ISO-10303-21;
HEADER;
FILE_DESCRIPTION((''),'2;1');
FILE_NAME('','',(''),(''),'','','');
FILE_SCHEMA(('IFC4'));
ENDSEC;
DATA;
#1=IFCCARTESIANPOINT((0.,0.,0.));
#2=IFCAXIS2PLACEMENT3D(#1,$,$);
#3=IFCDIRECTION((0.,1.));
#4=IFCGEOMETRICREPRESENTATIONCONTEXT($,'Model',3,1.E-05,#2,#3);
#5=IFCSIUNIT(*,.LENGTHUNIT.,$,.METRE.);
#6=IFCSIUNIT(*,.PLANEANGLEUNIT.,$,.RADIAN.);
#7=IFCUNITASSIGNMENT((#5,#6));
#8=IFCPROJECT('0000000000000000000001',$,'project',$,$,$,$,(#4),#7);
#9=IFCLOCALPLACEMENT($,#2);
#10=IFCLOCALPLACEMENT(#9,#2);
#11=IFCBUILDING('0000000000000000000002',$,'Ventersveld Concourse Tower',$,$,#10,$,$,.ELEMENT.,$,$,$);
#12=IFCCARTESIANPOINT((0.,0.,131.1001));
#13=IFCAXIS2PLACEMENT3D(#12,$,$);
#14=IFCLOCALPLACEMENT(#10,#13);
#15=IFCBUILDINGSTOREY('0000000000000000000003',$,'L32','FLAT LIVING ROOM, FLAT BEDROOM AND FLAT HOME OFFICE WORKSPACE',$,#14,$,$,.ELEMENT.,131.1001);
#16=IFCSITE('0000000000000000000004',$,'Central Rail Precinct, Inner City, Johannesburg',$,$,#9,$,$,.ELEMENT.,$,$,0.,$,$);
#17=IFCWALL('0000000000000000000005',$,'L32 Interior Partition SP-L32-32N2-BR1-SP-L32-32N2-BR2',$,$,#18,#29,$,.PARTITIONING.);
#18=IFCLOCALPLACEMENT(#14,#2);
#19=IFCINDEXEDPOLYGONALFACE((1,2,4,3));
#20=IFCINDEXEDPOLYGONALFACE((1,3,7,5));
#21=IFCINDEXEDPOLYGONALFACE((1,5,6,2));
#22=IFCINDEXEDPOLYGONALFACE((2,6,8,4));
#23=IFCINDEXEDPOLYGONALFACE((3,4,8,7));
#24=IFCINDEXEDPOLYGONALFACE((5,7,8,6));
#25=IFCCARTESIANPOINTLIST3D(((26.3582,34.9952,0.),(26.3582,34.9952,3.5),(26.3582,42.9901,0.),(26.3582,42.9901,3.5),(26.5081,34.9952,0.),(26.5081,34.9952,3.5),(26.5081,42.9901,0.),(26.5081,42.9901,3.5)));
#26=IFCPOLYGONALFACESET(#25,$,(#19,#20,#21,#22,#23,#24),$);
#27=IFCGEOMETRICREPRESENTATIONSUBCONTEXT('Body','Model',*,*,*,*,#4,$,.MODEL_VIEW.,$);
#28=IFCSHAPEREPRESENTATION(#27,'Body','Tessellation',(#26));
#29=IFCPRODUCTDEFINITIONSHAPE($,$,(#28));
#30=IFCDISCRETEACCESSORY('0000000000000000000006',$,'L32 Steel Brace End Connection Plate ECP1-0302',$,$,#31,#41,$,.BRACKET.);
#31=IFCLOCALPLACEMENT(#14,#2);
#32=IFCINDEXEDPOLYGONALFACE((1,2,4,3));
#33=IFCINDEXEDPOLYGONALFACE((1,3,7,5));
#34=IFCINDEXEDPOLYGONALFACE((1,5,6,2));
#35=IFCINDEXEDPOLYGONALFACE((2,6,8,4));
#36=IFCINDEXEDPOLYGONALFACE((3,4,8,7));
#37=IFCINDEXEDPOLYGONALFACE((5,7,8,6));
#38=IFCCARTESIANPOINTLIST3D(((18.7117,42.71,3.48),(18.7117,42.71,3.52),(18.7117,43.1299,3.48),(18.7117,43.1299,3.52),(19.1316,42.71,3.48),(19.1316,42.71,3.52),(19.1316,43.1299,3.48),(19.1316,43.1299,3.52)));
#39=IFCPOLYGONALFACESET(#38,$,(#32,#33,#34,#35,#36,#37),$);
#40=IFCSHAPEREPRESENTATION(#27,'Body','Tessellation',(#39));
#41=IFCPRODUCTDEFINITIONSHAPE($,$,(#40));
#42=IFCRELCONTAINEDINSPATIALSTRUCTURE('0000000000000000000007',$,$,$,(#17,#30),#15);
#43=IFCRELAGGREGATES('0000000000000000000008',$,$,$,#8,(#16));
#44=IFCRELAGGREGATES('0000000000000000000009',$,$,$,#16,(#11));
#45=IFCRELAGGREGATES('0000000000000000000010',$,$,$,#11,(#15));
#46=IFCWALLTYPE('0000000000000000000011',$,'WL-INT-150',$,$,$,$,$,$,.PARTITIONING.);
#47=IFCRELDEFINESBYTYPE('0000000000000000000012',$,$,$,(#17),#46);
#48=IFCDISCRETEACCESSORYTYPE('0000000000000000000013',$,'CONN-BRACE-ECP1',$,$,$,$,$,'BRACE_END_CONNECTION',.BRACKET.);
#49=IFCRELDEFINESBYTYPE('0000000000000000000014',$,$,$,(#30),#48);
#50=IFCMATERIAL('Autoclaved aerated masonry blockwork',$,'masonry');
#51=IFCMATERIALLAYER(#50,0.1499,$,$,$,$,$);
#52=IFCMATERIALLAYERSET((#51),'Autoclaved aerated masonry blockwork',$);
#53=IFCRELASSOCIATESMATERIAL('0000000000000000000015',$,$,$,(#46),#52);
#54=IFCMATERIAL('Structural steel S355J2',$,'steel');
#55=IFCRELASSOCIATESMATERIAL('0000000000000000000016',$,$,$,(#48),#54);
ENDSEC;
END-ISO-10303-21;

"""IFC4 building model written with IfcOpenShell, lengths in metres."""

from ifc_helpers import new_model, si_unit, direction, frame, frame_2d, origin, origin_2d, place, context, subcontext, project, spatial, rectangle, extrude, material, layer, layer_set, type_object, element, save


model = new_model("IFC4")

# Units and contexts
model_context = context("Model", 3, precision=1e-05, world=origin(), true_north=direction((0.0, 1.0)))
body_context = subcontext(model_context, "Body", "Model", "MODEL_VIEW")
ifc_project = project(units=[si_unit("LENGTHUNIT", "METRE"), si_unit("PLANEANGLEUNIT", "RADIAN")], contexts=[model_context])

# Site, building, storey
site_placement = place(None, origin())
site = spatial("IfcSite", under=ifc_project, at=site_placement, Name="Central Rail Precinct, Inner City, Johannesburg", CompositionType="ELEMENT", RefElevation=0.0)
building_placement = place(site_placement, origin())
building = spatial("IfcBuilding", under=site, at=building_placement, Name="Ventersveld Concourse Tower", CompositionType="ELEMENT")
storey_placement = place(building_placement, frame((0.0, 0.0, 131.1001)))
storey = spatial("IfcBuildingStorey", under=building, at=storey_placement, Name="L32", Description="FLAT LIVING ROOM, FLAT BEDROOM AND FLAT HOME OFFICE WORKSPACE", CompositionType="ELEMENT", Elevation=131.1001)

# Shared definitions
ifc_material_1 = material(Name="Structural steel S355J2", Category="steel")

# Shared definitions
ifc_material_2 = material(Name="Autoclaved aerated masonry blockwork", Category="masonry")
ifc_layer_1 = layer(ifc_material_2, 0.1499)
ifc_layer_set_1 = layer_set([ifc_layer_1], Name="Autoclaved aerated masonry blockwork")
wall_type_1 = type_object("IfcWallType", Name="WL-INT-150", PredefinedType="PARTITIONING", material=ifc_layer_set_1)

# Wall
wall_1_placement = place(storey_placement, frame((26.4331, 34.9951, 0.0), z_axis=(0.0, 0.0, 1.0), x_axis=(0.0, 1.0, 0.0)))
element("IfcWall", 1, at=wall_1_placement, inside=storey, type_object=wall_type_1, Name="L32 Interior Partition SP-L32-32N2-BR1-SP-L32-32N2-BR2", PredefinedType="PARTITIONING", context=body_context, shape_type="SweptSolid", body=[
    extrude(rectangle(XDim=7.9949, YDim=0.1499, at=frame_2d((3.9976, 0.0))), origin(), (0.0, 0.0, 1.0), 3.5),
])

# Discrete accessory
discrete_accessory_type = type_object("IfcDiscreteAccessoryType", Name="CONN-BRACE-ECP1", ElementType="BRACE_END_CONNECTION", PredefinedType="BRACKET", material=ifc_material_1)
discrete_accessory_placement = place(storey_placement, frame((18.9216, 42.9199, 3.48), z_axis=(0.0, 0.0, 1.0), x_axis=(1.0, 0.0, 0.0)))
element("IfcDiscreteAccessory", 2, at=discrete_accessory_placement, inside=storey, type_object=discrete_accessory_type, Name="L32 Steel Brace End Connection Plate ECP1-0302", PredefinedType="BRACKET", context=body_context, shape_type="SweptSolid", body=[
    extrude(rectangle(XDim=0.4199, YDim=0.4199, at=origin_2d()), origin(), (0.0, 0.0, 1.0), 0.04),
])

save(model, "model.ifc")
